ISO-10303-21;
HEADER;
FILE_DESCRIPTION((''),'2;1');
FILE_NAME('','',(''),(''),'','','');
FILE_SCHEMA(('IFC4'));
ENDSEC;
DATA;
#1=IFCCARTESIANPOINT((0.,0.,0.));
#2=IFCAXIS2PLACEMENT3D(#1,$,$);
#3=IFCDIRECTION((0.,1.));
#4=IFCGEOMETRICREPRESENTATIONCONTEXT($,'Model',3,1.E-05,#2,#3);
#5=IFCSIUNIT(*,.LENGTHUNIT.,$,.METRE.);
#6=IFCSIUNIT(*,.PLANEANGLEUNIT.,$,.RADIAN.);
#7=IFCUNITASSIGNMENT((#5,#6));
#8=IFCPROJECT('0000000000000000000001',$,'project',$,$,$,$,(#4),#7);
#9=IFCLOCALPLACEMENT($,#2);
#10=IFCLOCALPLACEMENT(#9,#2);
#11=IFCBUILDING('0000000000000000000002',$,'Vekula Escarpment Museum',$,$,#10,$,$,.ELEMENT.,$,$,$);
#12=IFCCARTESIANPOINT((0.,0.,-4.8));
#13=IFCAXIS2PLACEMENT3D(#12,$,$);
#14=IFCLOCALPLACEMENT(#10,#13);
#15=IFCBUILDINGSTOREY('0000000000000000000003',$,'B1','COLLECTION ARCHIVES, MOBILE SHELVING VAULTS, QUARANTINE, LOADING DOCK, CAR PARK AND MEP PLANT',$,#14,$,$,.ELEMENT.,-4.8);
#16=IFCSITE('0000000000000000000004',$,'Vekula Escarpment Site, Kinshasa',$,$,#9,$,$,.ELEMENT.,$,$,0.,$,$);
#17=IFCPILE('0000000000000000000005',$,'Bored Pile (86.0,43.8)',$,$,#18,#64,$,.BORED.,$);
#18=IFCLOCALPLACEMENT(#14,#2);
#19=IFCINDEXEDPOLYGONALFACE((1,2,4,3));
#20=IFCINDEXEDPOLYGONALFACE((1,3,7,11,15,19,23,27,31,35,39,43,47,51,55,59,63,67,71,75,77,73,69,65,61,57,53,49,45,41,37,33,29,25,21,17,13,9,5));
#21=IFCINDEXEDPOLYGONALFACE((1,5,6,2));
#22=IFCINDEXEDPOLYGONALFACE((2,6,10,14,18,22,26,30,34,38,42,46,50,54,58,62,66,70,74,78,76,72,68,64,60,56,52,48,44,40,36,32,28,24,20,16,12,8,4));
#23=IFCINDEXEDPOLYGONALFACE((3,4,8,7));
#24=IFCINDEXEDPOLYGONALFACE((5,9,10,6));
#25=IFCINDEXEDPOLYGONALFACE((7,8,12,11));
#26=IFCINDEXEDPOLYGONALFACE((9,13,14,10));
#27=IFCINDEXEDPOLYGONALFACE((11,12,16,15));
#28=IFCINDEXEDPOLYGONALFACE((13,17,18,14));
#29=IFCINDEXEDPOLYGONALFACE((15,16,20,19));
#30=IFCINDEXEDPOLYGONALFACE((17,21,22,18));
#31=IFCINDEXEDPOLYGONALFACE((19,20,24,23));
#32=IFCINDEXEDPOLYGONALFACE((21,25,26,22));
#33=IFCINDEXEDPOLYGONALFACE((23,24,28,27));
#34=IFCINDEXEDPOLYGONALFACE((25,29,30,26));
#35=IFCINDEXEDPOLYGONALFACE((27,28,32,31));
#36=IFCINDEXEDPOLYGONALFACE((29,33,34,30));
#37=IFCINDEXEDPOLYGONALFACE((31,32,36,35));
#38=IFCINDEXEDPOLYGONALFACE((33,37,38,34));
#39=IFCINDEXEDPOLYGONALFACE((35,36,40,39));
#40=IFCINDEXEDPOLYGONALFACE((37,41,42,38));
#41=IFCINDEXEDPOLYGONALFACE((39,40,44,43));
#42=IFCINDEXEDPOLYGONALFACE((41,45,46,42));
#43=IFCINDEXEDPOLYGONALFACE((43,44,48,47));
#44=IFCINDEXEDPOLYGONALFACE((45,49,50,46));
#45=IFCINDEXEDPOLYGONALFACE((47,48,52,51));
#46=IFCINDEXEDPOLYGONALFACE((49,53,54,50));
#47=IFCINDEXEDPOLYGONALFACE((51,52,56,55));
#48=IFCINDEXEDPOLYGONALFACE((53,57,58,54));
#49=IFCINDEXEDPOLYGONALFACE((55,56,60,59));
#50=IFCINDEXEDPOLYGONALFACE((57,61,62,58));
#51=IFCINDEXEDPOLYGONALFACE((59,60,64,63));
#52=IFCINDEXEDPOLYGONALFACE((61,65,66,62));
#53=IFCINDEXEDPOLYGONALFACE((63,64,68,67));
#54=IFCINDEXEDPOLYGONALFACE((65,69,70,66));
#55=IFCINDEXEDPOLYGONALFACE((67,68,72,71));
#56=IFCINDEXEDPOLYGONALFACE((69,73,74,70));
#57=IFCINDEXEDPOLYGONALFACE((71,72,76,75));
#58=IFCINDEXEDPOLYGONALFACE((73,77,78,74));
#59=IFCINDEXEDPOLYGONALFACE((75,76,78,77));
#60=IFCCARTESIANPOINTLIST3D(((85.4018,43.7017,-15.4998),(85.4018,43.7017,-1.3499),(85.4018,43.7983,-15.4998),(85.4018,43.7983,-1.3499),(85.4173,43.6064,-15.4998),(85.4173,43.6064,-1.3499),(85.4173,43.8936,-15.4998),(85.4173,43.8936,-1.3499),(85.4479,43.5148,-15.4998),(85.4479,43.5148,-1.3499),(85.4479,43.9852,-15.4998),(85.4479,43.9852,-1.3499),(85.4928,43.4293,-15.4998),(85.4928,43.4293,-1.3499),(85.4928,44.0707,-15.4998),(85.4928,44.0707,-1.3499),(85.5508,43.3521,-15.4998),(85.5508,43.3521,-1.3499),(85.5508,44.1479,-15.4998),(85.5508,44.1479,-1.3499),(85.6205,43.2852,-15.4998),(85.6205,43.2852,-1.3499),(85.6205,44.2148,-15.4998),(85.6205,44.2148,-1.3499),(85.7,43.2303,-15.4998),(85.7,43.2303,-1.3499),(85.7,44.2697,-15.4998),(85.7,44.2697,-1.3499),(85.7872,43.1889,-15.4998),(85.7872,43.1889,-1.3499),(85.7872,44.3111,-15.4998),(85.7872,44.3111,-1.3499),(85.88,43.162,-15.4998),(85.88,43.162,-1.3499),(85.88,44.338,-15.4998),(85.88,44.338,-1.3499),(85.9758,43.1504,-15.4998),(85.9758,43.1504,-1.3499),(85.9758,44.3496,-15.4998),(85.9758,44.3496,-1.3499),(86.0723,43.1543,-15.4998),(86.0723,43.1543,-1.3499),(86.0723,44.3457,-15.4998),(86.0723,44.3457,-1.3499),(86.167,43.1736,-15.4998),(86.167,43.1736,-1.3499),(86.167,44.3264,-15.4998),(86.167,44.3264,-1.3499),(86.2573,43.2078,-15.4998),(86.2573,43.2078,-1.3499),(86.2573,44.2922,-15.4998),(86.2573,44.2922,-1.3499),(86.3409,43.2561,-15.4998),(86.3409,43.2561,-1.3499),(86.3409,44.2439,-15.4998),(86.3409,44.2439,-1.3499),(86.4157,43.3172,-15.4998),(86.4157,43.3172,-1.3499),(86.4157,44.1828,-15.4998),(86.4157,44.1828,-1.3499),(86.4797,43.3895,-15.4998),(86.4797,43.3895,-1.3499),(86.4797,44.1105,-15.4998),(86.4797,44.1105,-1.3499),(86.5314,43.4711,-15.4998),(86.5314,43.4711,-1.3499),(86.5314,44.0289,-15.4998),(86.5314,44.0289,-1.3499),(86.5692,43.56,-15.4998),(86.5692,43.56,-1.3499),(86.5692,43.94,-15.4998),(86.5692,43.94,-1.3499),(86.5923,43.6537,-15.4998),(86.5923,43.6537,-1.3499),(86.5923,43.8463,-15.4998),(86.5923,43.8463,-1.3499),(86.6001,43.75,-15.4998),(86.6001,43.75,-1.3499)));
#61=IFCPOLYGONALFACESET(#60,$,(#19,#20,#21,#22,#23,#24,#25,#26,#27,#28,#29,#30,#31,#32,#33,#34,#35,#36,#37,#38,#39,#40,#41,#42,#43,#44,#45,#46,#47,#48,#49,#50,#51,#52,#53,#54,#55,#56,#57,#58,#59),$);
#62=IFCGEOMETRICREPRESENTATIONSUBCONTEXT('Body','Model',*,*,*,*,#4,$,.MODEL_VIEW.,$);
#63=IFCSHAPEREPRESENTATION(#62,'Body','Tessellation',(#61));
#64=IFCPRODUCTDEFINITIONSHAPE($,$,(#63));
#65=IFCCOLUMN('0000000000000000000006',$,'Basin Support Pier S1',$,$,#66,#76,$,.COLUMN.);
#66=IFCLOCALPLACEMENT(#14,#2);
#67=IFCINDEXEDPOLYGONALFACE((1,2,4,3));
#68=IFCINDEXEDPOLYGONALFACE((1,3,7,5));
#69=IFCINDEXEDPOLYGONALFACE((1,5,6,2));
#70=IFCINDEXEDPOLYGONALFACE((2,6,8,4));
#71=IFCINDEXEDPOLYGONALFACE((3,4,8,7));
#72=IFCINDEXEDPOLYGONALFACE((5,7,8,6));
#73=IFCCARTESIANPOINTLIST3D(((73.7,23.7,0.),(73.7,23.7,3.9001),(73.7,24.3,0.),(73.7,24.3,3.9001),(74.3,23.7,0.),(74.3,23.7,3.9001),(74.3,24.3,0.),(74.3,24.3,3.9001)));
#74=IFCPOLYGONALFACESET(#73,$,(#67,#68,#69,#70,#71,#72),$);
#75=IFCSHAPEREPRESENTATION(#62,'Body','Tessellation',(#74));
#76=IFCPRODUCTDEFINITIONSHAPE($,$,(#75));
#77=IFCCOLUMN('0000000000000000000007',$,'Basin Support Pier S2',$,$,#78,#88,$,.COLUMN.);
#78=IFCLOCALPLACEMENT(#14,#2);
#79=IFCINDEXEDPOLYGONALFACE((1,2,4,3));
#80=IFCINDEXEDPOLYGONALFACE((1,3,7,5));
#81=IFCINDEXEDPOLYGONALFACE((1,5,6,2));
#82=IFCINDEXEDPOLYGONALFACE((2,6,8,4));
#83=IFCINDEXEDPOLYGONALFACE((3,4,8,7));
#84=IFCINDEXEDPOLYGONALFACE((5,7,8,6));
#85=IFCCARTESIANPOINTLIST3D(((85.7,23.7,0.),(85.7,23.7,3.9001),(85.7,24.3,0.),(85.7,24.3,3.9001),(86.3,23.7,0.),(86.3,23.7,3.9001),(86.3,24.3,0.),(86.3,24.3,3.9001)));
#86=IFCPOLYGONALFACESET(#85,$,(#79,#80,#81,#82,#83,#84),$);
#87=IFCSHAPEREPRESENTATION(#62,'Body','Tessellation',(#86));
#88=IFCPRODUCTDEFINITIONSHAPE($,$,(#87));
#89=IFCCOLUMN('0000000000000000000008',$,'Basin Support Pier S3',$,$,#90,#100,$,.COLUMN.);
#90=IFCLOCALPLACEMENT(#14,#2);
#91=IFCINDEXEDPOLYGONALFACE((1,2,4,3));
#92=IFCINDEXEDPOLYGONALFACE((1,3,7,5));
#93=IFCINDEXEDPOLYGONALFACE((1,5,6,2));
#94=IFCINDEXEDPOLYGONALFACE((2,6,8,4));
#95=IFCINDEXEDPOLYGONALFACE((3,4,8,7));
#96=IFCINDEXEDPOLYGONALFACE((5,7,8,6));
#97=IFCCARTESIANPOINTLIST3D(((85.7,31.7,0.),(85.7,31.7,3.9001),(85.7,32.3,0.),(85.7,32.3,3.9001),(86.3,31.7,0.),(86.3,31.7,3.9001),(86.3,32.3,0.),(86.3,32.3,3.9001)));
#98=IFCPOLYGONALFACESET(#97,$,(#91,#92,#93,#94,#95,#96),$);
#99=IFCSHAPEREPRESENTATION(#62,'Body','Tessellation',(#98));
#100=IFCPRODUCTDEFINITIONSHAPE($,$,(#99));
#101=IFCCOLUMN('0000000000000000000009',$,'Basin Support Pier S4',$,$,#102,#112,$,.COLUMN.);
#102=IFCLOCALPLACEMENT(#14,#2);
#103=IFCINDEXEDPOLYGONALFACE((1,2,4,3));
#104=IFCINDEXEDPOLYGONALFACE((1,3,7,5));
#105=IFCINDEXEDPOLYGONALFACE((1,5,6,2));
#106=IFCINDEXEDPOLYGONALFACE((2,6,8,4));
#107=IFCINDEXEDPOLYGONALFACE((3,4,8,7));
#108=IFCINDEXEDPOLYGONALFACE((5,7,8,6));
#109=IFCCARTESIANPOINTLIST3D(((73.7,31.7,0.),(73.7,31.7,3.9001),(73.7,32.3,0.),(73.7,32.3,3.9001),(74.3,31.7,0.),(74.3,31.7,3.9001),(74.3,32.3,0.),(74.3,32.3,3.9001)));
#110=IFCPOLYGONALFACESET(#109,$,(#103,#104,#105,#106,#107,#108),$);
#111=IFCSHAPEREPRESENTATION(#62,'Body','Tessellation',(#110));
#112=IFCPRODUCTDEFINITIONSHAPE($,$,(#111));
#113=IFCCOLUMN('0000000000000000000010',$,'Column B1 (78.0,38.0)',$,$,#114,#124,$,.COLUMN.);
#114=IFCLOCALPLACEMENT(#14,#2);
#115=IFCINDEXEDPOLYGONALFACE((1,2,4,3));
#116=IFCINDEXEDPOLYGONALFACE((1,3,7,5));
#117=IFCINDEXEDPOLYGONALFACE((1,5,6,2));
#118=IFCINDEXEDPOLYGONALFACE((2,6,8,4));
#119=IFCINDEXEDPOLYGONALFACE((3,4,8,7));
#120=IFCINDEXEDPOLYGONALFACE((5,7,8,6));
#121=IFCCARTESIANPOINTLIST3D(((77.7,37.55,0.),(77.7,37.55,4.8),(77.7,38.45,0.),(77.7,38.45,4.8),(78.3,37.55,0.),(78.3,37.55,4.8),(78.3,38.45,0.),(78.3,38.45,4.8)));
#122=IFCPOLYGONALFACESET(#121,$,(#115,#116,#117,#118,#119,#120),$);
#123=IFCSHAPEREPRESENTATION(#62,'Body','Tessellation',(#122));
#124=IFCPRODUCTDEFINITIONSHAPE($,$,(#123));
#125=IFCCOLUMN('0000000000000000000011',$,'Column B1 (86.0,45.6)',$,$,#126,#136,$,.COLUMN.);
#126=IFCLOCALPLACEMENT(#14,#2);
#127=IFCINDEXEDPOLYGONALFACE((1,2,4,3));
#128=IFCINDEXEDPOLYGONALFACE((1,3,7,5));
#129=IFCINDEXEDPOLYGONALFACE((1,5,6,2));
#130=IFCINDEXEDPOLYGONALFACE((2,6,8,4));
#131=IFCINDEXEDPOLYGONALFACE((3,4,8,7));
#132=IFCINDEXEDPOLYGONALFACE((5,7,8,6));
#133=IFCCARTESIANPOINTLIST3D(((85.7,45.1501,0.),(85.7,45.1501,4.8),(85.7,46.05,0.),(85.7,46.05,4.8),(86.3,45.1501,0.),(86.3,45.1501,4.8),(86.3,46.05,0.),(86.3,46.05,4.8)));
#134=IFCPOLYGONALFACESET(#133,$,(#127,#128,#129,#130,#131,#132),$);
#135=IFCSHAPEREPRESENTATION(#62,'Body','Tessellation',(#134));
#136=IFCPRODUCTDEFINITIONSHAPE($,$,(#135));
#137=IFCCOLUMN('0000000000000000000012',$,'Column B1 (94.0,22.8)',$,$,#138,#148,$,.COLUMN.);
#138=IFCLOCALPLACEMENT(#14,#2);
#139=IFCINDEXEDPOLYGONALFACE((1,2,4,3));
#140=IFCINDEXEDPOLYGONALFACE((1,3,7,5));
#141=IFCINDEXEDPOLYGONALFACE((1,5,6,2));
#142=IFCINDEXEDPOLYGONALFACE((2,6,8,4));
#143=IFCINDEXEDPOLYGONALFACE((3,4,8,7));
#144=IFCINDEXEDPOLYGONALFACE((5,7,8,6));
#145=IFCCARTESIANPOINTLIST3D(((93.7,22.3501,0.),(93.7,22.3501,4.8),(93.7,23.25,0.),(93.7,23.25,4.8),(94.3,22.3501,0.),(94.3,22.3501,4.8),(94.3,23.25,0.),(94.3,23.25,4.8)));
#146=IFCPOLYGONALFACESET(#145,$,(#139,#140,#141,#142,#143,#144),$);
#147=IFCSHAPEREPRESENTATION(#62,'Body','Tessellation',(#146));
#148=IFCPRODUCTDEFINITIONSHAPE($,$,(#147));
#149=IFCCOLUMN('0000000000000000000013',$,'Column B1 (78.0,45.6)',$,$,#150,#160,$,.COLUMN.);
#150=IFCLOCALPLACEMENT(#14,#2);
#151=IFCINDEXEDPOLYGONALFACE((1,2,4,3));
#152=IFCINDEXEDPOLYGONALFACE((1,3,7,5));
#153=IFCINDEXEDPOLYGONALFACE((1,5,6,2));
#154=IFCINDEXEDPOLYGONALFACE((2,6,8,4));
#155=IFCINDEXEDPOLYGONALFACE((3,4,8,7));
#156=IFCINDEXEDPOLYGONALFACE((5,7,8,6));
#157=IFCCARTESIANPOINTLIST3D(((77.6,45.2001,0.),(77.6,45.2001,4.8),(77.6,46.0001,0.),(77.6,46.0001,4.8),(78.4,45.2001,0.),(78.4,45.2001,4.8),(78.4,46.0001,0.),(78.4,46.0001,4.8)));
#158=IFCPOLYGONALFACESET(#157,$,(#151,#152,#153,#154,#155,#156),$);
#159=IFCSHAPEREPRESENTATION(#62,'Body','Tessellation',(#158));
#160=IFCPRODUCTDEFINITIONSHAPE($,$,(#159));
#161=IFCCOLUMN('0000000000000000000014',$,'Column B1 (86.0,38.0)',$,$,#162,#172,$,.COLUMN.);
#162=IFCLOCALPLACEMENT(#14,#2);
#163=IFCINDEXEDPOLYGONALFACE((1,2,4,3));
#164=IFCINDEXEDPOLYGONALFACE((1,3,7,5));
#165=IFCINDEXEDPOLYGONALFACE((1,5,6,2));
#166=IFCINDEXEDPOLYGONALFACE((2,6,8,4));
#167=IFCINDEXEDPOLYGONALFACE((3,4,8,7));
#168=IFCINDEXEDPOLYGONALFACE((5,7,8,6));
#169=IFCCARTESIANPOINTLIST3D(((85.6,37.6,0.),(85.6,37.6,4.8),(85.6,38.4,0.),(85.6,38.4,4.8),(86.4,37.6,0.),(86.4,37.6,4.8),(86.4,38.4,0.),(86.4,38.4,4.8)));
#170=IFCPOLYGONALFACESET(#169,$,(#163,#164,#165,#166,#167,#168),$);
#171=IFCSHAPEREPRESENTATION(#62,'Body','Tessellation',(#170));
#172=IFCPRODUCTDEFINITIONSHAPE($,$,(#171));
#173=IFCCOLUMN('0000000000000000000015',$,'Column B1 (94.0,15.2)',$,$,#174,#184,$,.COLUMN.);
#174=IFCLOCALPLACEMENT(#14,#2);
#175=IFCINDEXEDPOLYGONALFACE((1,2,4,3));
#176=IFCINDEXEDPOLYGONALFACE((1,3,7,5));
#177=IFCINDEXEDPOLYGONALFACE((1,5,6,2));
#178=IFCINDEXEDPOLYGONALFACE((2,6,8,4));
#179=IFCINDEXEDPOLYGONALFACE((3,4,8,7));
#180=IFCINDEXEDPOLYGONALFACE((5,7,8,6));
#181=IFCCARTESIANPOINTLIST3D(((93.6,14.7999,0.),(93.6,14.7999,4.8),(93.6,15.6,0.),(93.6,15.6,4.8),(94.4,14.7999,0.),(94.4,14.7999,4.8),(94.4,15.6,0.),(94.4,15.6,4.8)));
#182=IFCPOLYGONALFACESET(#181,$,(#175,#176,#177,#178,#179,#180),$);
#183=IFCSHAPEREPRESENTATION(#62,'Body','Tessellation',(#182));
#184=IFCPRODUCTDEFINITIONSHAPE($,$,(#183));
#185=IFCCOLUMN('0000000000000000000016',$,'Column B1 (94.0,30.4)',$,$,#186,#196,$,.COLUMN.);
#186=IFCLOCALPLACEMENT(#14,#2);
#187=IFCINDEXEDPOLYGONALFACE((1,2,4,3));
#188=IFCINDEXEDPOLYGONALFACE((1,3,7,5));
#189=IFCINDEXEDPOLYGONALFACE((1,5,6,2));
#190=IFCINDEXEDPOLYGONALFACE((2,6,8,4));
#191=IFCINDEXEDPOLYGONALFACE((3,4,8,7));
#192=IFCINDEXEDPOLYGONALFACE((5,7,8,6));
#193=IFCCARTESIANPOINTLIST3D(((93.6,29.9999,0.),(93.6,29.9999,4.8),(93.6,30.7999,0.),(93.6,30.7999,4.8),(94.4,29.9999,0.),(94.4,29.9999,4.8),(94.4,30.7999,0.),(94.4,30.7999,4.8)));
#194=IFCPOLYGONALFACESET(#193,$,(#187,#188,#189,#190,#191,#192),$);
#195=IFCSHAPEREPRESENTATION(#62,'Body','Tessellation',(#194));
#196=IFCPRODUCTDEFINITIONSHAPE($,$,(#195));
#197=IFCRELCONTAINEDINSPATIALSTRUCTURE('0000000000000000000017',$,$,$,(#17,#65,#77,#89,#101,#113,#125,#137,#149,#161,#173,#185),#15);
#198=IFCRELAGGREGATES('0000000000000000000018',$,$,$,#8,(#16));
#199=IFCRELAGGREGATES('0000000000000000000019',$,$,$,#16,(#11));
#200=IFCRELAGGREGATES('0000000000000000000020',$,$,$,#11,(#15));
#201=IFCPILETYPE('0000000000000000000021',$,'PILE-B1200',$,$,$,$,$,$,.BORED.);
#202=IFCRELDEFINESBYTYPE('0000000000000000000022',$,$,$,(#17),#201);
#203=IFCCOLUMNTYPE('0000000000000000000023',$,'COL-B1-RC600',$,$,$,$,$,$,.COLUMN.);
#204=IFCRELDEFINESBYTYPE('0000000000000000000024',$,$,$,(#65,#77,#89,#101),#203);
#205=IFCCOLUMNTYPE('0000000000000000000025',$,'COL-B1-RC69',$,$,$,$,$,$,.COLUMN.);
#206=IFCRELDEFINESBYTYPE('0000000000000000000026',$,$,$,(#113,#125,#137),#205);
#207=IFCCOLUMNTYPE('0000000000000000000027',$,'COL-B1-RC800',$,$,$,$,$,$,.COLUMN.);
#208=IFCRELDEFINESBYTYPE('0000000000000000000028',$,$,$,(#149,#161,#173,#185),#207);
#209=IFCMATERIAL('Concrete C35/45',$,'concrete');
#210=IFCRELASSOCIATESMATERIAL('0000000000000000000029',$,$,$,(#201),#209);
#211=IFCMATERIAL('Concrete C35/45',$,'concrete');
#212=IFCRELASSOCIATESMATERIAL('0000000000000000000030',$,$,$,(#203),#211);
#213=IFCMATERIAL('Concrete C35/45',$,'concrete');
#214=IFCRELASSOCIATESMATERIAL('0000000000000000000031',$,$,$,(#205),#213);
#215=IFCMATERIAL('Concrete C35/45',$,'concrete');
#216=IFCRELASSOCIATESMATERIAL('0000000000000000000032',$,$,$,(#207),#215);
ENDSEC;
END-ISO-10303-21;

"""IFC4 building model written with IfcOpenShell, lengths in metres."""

from ifc_helpers import new_model, si_unit, direction, frame, origin, origin_2d, place, context, subcontext, project, spatial, rectangle, circle, extrude, material, material_profile, profile_set, type_object, element, save


model = new_model("IFC4")

# Units and contexts
model_context = context("Model", 3, precision=1e-05, world=origin(), true_north=direction((0.0, 1.0)))
body_context = subcontext(model_context, "Body", "Model", "MODEL_VIEW")
ifc_project = project(units=[si_unit("LENGTHUNIT", "METRE"), si_unit("PLANEANGLEUNIT", "RADIAN")], contexts=[model_context])

# Site, building, storey
site_placement = place(None, origin())
site = spatial("IfcSite", under=ifc_project, at=site_placement, Name="Vekula Escarpment Site, Kinshasa", CompositionType="ELEMENT", RefElevation=0.0)
building_placement = place(site_placement, origin())
building = spatial("IfcBuilding", under=site, at=building_placement, Name="Vekula Escarpment Museum", CompositionType="ELEMENT")
storey_placement = place(building_placement, frame((0.0, 0.0, -4.8)))
storey = spatial("IfcBuildingStorey", under=building, at=storey_placement, Name="B1", Description="COLLECTION ARCHIVES, MOBILE SHELVING VAULTS, QUARANTINE, LOADING DOCK, CAR PARK AND MEP PLANT", CompositionType="ELEMENT", Elevation=-4.8)

# Pile
ifc_material_1 = material(Name="Concrete C35/45", Category="concrete")
ifc_material_profile_1 = material_profile(ifc_material_1, circle(Radius=0.6001, at=origin_2d()), Name="BORED PILE 1200")
ifc_profile_set_1 = profile_set([ifc_material_profile_1], Name="Concrete C35/45")
pile_type = type_object("IfcPileType", Name="PILE-B1200", PredefinedType="BORED", material=ifc_profile_set_1)
pile_1_placement = place(storey_placement, frame((86.0, 43.75, -1.3499), z_axis=(0.0, 0.0, -1.0), x_axis=(1.0, 0.0, 0.0)))
element("IfcPile", 1, at=pile_1_placement, inside=storey, type_object=pile_type, Name="Bored Pile (86.0,43.8)", PredefinedType="BORED", context=body_context, shape_type="SweptSolid", body=[
    extrude(circle(Radius=0.6001, at=origin_2d()), origin(), (0.0, 0.0, 1.0), 14.1499),
])

# Columns
ifc_material_2 = material(Name="Concrete C35/45", Category="concrete")
ifc_material_profile_2 = material_profile(ifc_material_2, rectangle(XDim=0.6001, YDim=0.6001, at=origin_2d()), Name="RC 600x600")
ifc_profile_set_2 = profile_set([ifc_material_profile_2], Name="Concrete C35/45")
column_type_1 = type_object("IfcColumnType", Name="COL-B1-RC600", PredefinedType="COLUMN", material=ifc_profile_set_2)
for number, where, z_axis, x_axis, name in (
    (2, (74.0, 24.0, 0.0), (0.0, 0.0, 1.0), (1.0, 0.0, 0.0), "Basin Support Pier S1"),
    (3, (86.0, 24.0, 0.0), (0.0, 0.0, 1.0), (1.0, 0.0, 0.0), "Basin Support Pier S2"),
    (4, (86.0, 32.0, 0.0), (0.0, 0.0, 1.0), (1.0, 0.0, 0.0), "Basin Support Pier S3"),
    (5, (74.0, 32.0, 0.0), (0.0, 0.0, 1.0), (1.0, 0.0, 0.0), "Basin Support Pier S4"),
):
    element("IfcColumn", number, at=place(storey_placement, frame(where, z_axis=z_axis, x_axis=x_axis)), inside=storey, type_object=column_type_1, Name=name, PredefinedType="COLUMN", context=body_context, shape_type="SweptSolid", body=[
        extrude(rectangle(XDim=0.6001, YDim=0.6001, at=origin_2d()), origin(), (0.0, 0.0, 1.0), 3.9001),
    ])
ifc_material_3 = material(Name="Concrete C35/45", Category="concrete")
ifc_material_profile_3 = material_profile(ifc_material_3, rectangle(XDim=0.6001, YDim=0.8999, at=origin_2d()), Name="RC 600x900")
ifc_profile_set_3 = profile_set([ifc_material_profile_3], Name="Concrete C35/45")
column_type_2 = type_object("IfcColumnType", Name="COL-B1-RC69", PredefinedType="COLUMN", material=ifc_profile_set_3)
for number, where, z_axis, x_axis, name in (
    (6, (78.0, 38.0, 0.0), (0.0, 0.0, 1.0), (1.0, 0.0, 0.0), "Column B1 (78.0,38.0)"),
    (7, (86.0, 45.6001, 0.0), (0.0, 0.0, 1.0), (1.0, 0.0, 0.0), "Column B1 (86.0,45.6)"),
    (8, (94.0, 22.8, 0.0), (0.0, 0.0, 1.0), (1.0, 0.0, 0.0), "Column B1 (94.0,22.8)"),
):
    element("IfcColumn", number, at=place(storey_placement, frame(where, z_axis=z_axis, x_axis=x_axis)), inside=storey, type_object=column_type_2, Name=name, PredefinedType="COLUMN", context=body_context, shape_type="SweptSolid", body=[
        extrude(rectangle(XDim=0.6001, YDim=0.8999, at=origin_2d()), origin(), (0.0, 0.0, 1.0), 4.8),
    ])
ifc_material_4 = material(Name="Concrete C35/45", Category="concrete")
ifc_material_profile_4 = material_profile(ifc_material_4, rectangle(XDim=0.8, YDim=0.8, at=origin_2d()), Name="RC 800x800")
ifc_profile_set_4 = profile_set([ifc_material_profile_4], Name="Concrete C35/45")
column_type_3 = type_object("IfcColumnType", Name="COL-B1-RC800", PredefinedType="COLUMN", material=ifc_profile_set_4)
for number, where, z_axis, x_axis, name in (
    (9, (78.0, 45.6001, 0.0), (0.0, 0.0, 1.0), (1.0, 0.0, 0.0), "Column B1 (78.0,45.6)"),
    (10, (86.0, 38.0, 0.0), (0.0, 0.0, 1.0), (1.0, 0.0, 0.0), "Column B1 (86.0,38.0)"),
    (11, (94.0, 15.2, 0.0), (0.0, 0.0, 1.0), (1.0, 0.0, 0.0), "Column B1 (94.0,15.2)"),
    (12, (94.0, 30.3999, 0.0), (0.0, 0.0, 1.0), (1.0, 0.0, 0.0), "Column B1 (94.0,30.4)"),
):
    element("IfcColumn", number, at=place(storey_placement, frame(where, z_axis=z_axis, x_axis=x_axis)), inside=storey, type_object=column_type_3, Name=name, PredefinedType="COLUMN", context=body_context, shape_type="SweptSolid", body=[
        extrude(rectangle(XDim=0.8, YDim=0.8, at=origin_2d()), origin(), (0.0, 0.0, 1.0), 4.8),
    ])

save(model, "model.ifc")
